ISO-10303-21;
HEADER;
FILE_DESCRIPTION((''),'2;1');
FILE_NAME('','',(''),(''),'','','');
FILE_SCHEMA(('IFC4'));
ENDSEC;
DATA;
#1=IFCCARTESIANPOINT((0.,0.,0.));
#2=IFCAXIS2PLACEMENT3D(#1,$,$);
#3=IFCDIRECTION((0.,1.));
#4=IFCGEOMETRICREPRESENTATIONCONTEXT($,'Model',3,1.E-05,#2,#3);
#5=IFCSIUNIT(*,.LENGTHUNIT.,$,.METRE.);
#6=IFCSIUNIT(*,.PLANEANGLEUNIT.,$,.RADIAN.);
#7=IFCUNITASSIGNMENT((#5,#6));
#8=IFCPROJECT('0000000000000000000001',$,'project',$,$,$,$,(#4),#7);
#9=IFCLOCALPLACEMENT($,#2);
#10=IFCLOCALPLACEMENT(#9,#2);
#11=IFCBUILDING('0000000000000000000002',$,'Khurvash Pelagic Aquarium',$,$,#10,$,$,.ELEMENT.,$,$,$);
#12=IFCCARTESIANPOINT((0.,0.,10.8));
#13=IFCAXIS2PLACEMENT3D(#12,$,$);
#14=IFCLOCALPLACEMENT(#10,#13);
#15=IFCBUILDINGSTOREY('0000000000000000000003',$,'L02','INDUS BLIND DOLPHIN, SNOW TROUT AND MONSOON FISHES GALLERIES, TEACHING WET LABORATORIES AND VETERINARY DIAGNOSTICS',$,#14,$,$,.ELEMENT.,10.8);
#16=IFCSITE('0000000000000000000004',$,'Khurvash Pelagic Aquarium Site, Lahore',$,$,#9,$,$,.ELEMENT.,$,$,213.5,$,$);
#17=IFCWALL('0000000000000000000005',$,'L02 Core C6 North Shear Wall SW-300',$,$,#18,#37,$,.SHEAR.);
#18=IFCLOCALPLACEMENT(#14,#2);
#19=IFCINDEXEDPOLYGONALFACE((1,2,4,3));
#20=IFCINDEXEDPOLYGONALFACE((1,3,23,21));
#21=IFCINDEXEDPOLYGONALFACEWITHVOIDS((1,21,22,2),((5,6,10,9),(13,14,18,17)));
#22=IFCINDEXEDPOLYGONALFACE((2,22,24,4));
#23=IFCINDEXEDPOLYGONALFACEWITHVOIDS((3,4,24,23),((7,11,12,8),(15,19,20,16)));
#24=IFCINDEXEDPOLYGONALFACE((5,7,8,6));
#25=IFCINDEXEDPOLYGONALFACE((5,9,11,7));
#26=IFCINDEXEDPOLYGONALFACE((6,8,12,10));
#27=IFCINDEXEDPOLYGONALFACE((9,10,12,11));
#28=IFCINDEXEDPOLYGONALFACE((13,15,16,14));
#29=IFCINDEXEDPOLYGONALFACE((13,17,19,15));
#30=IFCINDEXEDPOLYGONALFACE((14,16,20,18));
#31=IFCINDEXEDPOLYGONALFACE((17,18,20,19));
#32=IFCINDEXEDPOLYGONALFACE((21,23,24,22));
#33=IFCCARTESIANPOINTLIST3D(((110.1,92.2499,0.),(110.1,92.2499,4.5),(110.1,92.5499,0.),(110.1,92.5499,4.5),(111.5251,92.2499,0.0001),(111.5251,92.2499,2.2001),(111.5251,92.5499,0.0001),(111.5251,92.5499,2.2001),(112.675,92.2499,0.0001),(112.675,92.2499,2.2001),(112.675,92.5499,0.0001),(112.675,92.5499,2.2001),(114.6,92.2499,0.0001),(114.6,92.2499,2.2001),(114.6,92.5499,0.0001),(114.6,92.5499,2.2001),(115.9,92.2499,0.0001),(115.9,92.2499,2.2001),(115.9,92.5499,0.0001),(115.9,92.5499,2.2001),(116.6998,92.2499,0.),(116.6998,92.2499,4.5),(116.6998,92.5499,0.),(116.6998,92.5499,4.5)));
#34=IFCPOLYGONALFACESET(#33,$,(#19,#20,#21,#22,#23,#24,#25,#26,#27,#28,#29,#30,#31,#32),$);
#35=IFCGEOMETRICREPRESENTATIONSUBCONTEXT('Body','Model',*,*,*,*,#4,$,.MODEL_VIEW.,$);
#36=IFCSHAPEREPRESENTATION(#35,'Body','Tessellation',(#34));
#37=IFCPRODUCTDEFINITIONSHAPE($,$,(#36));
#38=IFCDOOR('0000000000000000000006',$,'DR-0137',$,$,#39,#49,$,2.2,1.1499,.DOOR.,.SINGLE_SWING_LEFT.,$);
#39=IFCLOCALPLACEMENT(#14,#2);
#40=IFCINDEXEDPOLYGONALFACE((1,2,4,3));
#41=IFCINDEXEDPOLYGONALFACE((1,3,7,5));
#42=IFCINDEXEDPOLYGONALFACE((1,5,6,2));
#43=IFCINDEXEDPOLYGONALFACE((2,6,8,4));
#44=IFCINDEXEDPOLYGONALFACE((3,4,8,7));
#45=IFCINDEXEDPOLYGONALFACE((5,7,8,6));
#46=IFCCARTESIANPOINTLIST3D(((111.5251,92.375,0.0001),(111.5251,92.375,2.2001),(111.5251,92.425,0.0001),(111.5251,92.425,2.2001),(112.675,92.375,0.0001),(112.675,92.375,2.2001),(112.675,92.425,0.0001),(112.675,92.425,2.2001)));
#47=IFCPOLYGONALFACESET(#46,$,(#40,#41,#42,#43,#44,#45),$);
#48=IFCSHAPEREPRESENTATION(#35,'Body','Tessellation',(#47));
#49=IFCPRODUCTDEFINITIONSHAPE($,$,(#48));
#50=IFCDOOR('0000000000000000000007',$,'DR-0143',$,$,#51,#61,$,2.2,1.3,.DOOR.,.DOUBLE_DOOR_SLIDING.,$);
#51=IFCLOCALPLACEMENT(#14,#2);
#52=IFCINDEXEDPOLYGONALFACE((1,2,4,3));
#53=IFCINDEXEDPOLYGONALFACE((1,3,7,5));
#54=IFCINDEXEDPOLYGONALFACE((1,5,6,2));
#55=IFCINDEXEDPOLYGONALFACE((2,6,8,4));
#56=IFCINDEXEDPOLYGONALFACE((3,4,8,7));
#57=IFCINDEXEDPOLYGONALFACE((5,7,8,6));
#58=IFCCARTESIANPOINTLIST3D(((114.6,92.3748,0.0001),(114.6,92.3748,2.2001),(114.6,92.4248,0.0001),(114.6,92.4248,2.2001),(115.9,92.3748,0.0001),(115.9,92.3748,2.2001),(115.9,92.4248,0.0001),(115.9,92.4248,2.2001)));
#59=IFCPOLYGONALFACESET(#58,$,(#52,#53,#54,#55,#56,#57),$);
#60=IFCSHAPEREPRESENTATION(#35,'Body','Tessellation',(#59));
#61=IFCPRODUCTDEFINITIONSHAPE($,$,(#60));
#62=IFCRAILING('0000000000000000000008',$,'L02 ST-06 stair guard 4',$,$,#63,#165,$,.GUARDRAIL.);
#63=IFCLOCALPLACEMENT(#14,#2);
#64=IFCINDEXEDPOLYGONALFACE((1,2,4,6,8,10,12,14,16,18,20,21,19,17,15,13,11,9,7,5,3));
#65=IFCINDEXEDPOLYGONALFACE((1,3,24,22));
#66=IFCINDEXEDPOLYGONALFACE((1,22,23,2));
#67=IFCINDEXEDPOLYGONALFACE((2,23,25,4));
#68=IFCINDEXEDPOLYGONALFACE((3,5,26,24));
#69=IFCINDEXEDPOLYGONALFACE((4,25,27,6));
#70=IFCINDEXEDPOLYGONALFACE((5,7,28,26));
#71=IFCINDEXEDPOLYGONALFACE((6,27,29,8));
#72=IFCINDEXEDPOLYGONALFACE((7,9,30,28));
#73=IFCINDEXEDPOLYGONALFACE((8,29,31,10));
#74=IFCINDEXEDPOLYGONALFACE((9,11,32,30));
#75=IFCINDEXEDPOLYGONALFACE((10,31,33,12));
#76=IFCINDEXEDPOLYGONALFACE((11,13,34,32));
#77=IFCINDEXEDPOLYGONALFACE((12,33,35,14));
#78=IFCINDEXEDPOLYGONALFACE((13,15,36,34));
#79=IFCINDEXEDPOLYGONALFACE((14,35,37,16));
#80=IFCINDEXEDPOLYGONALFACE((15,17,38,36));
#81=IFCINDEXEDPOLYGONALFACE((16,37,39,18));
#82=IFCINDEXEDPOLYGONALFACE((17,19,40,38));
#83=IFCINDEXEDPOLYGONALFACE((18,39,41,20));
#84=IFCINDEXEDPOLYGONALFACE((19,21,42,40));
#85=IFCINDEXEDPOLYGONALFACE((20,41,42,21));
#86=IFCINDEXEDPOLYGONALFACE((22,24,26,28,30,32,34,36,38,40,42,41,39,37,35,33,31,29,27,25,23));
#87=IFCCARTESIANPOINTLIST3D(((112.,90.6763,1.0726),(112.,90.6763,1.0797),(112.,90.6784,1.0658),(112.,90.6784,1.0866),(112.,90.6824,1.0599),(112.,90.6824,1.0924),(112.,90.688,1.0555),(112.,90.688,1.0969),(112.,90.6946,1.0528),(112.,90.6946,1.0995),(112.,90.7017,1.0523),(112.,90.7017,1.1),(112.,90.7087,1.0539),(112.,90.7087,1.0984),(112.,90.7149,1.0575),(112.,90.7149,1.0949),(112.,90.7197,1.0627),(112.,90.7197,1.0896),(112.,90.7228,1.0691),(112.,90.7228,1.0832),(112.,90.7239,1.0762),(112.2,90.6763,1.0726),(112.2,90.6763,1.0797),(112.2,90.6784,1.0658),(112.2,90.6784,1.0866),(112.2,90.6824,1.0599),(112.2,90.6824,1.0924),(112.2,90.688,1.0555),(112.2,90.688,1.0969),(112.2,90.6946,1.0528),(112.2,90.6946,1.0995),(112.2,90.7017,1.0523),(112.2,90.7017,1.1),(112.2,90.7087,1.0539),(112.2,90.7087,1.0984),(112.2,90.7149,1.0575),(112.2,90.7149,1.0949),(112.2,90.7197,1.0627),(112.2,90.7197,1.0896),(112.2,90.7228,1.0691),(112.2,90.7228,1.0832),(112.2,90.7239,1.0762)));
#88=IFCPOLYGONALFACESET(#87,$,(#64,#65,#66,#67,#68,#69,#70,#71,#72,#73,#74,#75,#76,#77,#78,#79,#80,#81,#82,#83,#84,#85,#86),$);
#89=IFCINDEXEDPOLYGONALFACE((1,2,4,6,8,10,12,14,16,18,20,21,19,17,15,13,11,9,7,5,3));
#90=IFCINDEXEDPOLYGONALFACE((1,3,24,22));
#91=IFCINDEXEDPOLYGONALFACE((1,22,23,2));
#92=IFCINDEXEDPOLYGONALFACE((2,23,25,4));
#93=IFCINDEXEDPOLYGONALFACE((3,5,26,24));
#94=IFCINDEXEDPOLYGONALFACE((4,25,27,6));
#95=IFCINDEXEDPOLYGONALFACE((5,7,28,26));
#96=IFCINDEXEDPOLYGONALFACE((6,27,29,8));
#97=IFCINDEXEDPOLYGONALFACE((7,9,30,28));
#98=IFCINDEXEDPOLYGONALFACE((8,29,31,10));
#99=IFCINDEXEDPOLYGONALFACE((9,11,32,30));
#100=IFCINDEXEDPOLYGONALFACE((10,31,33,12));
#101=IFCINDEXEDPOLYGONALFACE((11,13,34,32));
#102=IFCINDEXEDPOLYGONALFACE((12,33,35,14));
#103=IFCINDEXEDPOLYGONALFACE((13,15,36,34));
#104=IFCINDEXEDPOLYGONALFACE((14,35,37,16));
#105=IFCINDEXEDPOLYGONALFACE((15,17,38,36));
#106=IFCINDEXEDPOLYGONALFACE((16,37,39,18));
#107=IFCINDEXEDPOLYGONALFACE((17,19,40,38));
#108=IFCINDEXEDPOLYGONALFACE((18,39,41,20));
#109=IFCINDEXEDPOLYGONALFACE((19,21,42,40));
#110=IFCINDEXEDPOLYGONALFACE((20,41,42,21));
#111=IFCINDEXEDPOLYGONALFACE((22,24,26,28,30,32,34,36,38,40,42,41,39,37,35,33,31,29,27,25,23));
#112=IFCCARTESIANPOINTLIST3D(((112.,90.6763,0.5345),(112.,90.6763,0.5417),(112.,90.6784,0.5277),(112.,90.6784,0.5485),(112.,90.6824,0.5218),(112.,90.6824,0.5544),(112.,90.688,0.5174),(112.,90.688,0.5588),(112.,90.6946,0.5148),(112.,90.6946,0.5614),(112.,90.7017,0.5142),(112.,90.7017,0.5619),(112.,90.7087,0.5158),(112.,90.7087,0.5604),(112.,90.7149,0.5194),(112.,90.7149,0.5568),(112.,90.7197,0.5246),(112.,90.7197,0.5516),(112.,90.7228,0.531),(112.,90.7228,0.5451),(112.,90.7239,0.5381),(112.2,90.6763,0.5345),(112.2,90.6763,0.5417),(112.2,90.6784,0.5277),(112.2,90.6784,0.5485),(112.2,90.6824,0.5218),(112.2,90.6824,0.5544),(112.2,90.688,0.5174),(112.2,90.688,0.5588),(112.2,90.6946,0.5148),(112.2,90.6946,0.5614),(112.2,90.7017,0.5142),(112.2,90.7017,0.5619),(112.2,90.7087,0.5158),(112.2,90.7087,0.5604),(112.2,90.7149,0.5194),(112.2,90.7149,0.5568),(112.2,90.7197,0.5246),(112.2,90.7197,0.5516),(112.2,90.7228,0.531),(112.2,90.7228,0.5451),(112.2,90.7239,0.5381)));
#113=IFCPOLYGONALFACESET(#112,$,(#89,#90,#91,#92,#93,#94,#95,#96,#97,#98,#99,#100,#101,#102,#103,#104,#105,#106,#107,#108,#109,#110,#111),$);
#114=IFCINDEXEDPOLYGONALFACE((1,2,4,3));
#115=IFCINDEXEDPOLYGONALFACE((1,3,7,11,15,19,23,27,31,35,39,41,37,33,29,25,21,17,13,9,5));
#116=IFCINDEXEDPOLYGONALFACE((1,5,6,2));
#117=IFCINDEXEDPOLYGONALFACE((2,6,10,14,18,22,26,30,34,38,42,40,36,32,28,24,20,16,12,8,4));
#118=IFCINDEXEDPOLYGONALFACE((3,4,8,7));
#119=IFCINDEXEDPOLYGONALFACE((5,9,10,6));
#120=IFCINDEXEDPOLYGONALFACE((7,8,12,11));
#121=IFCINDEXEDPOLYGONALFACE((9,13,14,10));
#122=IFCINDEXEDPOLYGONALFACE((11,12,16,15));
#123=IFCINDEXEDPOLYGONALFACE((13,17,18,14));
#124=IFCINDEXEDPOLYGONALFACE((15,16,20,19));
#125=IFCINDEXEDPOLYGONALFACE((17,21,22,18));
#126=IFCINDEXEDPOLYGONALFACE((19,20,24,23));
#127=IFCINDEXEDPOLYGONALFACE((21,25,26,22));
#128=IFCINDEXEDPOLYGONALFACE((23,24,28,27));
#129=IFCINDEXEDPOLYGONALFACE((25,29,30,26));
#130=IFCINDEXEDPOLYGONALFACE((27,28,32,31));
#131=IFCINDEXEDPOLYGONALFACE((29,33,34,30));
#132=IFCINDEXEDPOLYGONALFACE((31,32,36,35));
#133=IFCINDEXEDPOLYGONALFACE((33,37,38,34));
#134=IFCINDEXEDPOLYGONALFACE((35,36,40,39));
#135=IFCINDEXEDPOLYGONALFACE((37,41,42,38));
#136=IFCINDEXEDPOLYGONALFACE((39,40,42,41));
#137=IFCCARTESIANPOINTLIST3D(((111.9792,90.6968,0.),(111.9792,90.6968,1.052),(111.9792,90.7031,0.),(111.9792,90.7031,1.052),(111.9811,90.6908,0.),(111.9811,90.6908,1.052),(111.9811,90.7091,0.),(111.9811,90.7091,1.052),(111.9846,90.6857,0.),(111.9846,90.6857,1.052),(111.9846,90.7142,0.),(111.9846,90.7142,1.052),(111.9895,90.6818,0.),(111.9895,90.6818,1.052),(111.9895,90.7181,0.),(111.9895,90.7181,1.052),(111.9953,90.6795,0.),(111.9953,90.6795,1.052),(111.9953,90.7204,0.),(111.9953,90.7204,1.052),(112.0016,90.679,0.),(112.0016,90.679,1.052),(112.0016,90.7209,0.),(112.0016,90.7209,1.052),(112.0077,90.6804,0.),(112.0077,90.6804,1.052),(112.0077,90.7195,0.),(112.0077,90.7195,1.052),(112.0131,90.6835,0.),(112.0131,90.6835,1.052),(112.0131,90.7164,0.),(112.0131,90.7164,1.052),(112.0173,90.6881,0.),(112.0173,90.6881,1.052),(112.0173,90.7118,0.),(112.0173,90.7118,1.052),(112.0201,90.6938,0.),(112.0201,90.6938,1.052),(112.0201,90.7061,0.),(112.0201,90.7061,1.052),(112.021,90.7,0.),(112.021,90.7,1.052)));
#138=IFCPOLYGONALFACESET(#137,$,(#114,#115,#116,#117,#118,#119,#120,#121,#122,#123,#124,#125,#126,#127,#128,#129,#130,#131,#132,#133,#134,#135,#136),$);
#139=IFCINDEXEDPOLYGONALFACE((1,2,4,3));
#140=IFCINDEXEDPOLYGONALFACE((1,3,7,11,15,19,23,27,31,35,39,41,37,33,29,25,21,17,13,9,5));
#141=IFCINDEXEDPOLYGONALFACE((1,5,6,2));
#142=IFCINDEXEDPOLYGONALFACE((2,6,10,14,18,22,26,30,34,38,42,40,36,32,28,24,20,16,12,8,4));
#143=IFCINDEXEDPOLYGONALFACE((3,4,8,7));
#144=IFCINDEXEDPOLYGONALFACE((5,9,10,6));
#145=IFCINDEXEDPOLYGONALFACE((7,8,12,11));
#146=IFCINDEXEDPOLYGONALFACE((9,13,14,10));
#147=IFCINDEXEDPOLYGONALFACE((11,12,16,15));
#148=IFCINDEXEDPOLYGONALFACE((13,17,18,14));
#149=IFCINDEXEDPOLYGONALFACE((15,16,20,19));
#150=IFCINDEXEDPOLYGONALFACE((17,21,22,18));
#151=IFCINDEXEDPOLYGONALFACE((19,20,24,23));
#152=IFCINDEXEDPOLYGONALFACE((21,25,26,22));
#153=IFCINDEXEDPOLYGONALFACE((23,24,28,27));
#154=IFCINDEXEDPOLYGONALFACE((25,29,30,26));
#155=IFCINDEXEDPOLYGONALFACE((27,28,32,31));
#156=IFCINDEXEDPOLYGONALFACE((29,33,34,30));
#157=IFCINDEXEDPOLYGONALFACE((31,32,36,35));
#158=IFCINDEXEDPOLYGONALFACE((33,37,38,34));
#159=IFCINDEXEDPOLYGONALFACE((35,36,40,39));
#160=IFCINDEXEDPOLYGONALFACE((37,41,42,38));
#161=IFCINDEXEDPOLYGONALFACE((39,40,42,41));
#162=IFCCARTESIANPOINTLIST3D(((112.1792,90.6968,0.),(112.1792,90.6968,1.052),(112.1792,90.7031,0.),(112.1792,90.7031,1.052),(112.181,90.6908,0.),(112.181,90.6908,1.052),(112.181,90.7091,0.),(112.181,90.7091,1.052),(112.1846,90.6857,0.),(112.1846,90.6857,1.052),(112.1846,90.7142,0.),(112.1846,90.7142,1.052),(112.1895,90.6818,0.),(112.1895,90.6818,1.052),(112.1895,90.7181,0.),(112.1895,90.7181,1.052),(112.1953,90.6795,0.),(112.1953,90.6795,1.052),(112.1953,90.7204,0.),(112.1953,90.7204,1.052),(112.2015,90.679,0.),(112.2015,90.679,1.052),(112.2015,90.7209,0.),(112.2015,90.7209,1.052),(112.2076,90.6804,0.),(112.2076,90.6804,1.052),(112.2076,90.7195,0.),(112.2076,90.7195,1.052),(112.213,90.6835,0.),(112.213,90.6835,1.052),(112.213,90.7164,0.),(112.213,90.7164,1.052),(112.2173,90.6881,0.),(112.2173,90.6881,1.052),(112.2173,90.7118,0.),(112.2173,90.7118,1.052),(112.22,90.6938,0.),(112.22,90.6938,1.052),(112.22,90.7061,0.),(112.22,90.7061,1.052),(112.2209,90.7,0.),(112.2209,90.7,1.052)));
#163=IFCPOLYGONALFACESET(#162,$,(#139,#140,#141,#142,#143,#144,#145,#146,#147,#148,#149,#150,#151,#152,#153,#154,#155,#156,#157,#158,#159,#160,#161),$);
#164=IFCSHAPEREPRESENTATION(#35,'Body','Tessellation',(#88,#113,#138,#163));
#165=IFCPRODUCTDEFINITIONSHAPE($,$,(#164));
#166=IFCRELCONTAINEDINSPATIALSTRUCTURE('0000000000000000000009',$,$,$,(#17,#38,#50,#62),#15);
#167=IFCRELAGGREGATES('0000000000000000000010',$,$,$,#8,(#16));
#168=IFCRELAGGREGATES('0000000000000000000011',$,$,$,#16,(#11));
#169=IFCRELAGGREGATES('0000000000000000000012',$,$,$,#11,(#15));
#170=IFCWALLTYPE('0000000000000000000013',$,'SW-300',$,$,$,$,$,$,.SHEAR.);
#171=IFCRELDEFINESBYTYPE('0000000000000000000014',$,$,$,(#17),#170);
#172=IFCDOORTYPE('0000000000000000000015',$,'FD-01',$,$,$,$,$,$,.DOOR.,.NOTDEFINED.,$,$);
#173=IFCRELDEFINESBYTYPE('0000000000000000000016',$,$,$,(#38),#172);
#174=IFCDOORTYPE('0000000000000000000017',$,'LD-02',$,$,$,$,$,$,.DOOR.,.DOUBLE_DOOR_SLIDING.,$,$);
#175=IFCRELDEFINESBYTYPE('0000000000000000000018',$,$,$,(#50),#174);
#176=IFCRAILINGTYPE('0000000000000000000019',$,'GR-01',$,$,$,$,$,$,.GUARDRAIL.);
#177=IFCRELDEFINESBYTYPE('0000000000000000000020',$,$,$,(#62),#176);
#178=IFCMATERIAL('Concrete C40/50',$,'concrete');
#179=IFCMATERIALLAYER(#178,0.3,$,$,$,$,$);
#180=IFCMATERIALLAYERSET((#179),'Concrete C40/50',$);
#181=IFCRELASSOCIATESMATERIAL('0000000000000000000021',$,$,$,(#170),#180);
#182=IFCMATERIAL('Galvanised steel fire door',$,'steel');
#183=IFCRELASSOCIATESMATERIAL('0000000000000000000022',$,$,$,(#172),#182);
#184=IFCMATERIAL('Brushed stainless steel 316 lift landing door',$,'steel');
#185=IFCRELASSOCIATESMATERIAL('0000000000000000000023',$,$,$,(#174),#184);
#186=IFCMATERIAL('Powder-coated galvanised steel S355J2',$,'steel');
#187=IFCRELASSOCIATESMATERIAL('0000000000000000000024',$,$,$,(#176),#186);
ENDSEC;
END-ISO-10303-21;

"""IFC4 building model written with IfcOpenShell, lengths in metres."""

from ifc_helpers import new_model, si_unit, direction, frame, frame_2d, origin, origin_2d, place, context, subcontext, project, spatial, rectangle, circle, extrude, material, layer, layer_set, type_object, element, fill, save


model = new_model("IFC4")

# Units and contexts
model_context = context("Model", 3, precision=1e-05, world=origin(), true_north=direction((0.0, 1.0)))
body_context = subcontext(model_context, "Body", "Model", "MODEL_VIEW")
ifc_project = project(units=[si_unit("LENGTHUNIT", "METRE"), si_unit("PLANEANGLEUNIT", "RADIAN")], contexts=[model_context])

# Site, building, storey
site_placement = place(None, origin())
site = spatial("IfcSite", under=ifc_project, at=site_placement, Name="Khurvash Pelagic Aquarium Site, Lahore", CompositionType="ELEMENT", RefElevation=213.5)
building_placement = place(site_placement, origin())
building = spatial("IfcBuilding", under=site, at=building_placement, Name="Khurvash Pelagic Aquarium", CompositionType="ELEMENT")
storey_placement = place(building_placement, frame((0.0, 0.0, 10.8)))
storey = spatial("IfcBuildingStorey", under=building, at=storey_placement, Name="L02", Description="INDUS BLIND DOLPHIN, SNOW TROUT AND MONSOON FISHES GALLERIES, TEACHING WET LABORATORIES AND VETERINARY DIAGNOSTICS", CompositionType="ELEMENT", Elevation=10.8)

# Shared definitions
ifc_material_1 = material(Name="Concrete C40/50", Category="concrete")

# Wall, openings, doors
ifc_layer_1 = layer(ifc_material_1, 0.3)
ifc_layer_set_1 = layer_set([ifc_layer_1], Name="Concrete C40/50")
wall_type_1 = type_object("IfcWallType", Name="SW-300", PredefinedType="SHEAR", material=ifc_layer_set_1)
wall_1_placement = place(storey_placement, frame((110.1001, 92.3999, 0.0), z_axis=(0.0, 0.0, 1.0), x_axis=(1.0, 0.0, 0.0)))
wall_1 = element("IfcWall", 1, at=wall_1_placement, inside=storey, type_object=wall_type_1, Name="L02 Core C6 North Shear Wall SW-300", PredefinedType="SHEAR", context=body_context, shape_type="SweptSolid", body=[
    extrude(rectangle(XDim=6.5999, YDim=0.3, at=frame_2d((3.2998, 0.0))), origin(), (0.0, 0.0, 1.0), 4.5),
])
opening_1_placement = place(wall_1_placement, frame((1.425, 0.0, 0.0)))
opening_1 = element("IfcOpeningElement", 2, at=opening_1_placement, cuts=wall_1, PredefinedType="OPENING", context=body_context, shape_type="SweptSolid", body=[
    extrude(rectangle(XDim=1.1499, YDim=2.2, at=frame_2d((0.575, 1.1001))), frame((0.0, 0.1602, 0.0), z_axis=(0.0, -1.0, 0.0), x_axis=(1.0, 0.0, 0.0)), (0.0, 0.0, 1.0), 0.3201),
])
opening_2_placement = place(wall_1_placement, frame((4.5, 0.0, 0.0)))
opening_2 = element("IfcOpeningElement", 3, at=opening_2_placement, cuts=wall_1, PredefinedType="OPENING", context=body_context, shape_type="SweptSolid", body=[
    extrude(rectangle(XDim=1.3, YDim=2.2, at=frame_2d((0.6499, 1.1001))), frame((0.0, 0.1602, 0.0), z_axis=(0.0, -1.0, 0.0), x_axis=(1.0, 0.0, 0.0)), (0.0, 0.0, 1.0), 0.3201),
])
ifc_material_2 = material(Name="Galvanised steel fire door", Category="steel")
door_type_1 = type_object("IfcDoorType", Name="FD-01", OperationType="NOTDEFINED", PredefinedType="DOOR", material=ifc_material_2)
door_1_placement = place(opening_1_placement, frame((1.1499, 0.0, 0.0), z_axis=(0.0, 0.0, 1.0), x_axis=(-1.0, 0.0, 0.0)))
door_1 = element("IfcDoor", 4, at=door_1_placement, inside=storey, type_object=door_type_1, Name="DR-0137", OperationType="SINGLE_SWING_LEFT", OverallHeight=2.2, OverallWidth=1.1499, PredefinedType="DOOR", context=body_context, shape_type="SweptSolid", body=[
    extrude(rectangle(XDim=1.1499, YDim=2.2, at=frame_2d((0.575, 1.1001))), frame((0.0, 0.0249, 0.0), z_axis=(0.0, -1.0, 0.0), x_axis=(1.0, 0.0, 0.0)), (0.0, 0.0, 1.0), 0.05),
])
fill(opening_1, door_1)
ifc_material_3 = material(Name="Brushed stainless steel 316 lift landing door", Category="steel")
door_type_2 = type_object("IfcDoorType", Name="LD-02", OperationType="DOUBLE_DOOR_SLIDING", PredefinedType="DOOR", material=ifc_material_3)
door_2_placement = place(opening_2_placement, origin())
door_2 = element("IfcDoor", 5, at=door_2_placement, inside=storey, type_object=door_type_2, Name="DR-0143", OperationType="DOUBLE_DOOR_SLIDING", OverallHeight=2.2, OverallWidth=1.3, PredefinedType="DOOR", context=body_context, shape_type="SweptSolid", body=[
    extrude(rectangle(XDim=1.3, YDim=2.2, at=frame_2d((0.6499, 1.1001))), frame((0.0, 0.0249, 0.0), z_axis=(0.0, -1.0, 0.0), x_axis=(1.0, 0.0, 0.0)), (0.0, 0.0, 1.0), 0.05),
])
fill(opening_2, door_2)

# Railing
ifc_material_4 = material(Name="Powder-coated galvanised steel S355J2", Category="steel")
railing_type = type_object("IfcRailingType", Name="GR-01", PredefinedType="GUARDRAIL", material=ifc_material_4)
railing_placement = place(storey_placement, frame((112.0, 90.7, 0.0)))
element("IfcRailing", 6, at=railing_placement, inside=storey, type_object=railing_type, Name="L02 ST-06 stair guard 4", PredefinedType="GUARDRAIL", context=body_context, shape_type="SweptSolid", body=[
    extrude(circle(Radius=0.0239, at=origin_2d()), frame((0.0, 0.0, 1.0762), z_axis=(1.0, 0.0, 0.0), x_axis=(0.0, 1.0, 0.0)), (0.0, 0.0, 1.0), 0.2),
    extrude(circle(Radius=0.0239, at=origin_2d()), frame((0.0, 0.0, 0.5381), z_axis=(1.0, 0.0, 0.0), x_axis=(0.0, 1.0, 0.0)), (0.0, 0.0, 1.0), 0.2),
    extrude(circle(Radius=0.021, at=origin_2d()), origin(), (0.0, 0.0, 1.0), 1.052),
    extrude(circle(Radius=0.021, at=origin_2d()), frame((0.2, 0.0, 0.0)), (0.0, 0.0, 1.0), 1.052),
])

save(model, "model.ifc")
